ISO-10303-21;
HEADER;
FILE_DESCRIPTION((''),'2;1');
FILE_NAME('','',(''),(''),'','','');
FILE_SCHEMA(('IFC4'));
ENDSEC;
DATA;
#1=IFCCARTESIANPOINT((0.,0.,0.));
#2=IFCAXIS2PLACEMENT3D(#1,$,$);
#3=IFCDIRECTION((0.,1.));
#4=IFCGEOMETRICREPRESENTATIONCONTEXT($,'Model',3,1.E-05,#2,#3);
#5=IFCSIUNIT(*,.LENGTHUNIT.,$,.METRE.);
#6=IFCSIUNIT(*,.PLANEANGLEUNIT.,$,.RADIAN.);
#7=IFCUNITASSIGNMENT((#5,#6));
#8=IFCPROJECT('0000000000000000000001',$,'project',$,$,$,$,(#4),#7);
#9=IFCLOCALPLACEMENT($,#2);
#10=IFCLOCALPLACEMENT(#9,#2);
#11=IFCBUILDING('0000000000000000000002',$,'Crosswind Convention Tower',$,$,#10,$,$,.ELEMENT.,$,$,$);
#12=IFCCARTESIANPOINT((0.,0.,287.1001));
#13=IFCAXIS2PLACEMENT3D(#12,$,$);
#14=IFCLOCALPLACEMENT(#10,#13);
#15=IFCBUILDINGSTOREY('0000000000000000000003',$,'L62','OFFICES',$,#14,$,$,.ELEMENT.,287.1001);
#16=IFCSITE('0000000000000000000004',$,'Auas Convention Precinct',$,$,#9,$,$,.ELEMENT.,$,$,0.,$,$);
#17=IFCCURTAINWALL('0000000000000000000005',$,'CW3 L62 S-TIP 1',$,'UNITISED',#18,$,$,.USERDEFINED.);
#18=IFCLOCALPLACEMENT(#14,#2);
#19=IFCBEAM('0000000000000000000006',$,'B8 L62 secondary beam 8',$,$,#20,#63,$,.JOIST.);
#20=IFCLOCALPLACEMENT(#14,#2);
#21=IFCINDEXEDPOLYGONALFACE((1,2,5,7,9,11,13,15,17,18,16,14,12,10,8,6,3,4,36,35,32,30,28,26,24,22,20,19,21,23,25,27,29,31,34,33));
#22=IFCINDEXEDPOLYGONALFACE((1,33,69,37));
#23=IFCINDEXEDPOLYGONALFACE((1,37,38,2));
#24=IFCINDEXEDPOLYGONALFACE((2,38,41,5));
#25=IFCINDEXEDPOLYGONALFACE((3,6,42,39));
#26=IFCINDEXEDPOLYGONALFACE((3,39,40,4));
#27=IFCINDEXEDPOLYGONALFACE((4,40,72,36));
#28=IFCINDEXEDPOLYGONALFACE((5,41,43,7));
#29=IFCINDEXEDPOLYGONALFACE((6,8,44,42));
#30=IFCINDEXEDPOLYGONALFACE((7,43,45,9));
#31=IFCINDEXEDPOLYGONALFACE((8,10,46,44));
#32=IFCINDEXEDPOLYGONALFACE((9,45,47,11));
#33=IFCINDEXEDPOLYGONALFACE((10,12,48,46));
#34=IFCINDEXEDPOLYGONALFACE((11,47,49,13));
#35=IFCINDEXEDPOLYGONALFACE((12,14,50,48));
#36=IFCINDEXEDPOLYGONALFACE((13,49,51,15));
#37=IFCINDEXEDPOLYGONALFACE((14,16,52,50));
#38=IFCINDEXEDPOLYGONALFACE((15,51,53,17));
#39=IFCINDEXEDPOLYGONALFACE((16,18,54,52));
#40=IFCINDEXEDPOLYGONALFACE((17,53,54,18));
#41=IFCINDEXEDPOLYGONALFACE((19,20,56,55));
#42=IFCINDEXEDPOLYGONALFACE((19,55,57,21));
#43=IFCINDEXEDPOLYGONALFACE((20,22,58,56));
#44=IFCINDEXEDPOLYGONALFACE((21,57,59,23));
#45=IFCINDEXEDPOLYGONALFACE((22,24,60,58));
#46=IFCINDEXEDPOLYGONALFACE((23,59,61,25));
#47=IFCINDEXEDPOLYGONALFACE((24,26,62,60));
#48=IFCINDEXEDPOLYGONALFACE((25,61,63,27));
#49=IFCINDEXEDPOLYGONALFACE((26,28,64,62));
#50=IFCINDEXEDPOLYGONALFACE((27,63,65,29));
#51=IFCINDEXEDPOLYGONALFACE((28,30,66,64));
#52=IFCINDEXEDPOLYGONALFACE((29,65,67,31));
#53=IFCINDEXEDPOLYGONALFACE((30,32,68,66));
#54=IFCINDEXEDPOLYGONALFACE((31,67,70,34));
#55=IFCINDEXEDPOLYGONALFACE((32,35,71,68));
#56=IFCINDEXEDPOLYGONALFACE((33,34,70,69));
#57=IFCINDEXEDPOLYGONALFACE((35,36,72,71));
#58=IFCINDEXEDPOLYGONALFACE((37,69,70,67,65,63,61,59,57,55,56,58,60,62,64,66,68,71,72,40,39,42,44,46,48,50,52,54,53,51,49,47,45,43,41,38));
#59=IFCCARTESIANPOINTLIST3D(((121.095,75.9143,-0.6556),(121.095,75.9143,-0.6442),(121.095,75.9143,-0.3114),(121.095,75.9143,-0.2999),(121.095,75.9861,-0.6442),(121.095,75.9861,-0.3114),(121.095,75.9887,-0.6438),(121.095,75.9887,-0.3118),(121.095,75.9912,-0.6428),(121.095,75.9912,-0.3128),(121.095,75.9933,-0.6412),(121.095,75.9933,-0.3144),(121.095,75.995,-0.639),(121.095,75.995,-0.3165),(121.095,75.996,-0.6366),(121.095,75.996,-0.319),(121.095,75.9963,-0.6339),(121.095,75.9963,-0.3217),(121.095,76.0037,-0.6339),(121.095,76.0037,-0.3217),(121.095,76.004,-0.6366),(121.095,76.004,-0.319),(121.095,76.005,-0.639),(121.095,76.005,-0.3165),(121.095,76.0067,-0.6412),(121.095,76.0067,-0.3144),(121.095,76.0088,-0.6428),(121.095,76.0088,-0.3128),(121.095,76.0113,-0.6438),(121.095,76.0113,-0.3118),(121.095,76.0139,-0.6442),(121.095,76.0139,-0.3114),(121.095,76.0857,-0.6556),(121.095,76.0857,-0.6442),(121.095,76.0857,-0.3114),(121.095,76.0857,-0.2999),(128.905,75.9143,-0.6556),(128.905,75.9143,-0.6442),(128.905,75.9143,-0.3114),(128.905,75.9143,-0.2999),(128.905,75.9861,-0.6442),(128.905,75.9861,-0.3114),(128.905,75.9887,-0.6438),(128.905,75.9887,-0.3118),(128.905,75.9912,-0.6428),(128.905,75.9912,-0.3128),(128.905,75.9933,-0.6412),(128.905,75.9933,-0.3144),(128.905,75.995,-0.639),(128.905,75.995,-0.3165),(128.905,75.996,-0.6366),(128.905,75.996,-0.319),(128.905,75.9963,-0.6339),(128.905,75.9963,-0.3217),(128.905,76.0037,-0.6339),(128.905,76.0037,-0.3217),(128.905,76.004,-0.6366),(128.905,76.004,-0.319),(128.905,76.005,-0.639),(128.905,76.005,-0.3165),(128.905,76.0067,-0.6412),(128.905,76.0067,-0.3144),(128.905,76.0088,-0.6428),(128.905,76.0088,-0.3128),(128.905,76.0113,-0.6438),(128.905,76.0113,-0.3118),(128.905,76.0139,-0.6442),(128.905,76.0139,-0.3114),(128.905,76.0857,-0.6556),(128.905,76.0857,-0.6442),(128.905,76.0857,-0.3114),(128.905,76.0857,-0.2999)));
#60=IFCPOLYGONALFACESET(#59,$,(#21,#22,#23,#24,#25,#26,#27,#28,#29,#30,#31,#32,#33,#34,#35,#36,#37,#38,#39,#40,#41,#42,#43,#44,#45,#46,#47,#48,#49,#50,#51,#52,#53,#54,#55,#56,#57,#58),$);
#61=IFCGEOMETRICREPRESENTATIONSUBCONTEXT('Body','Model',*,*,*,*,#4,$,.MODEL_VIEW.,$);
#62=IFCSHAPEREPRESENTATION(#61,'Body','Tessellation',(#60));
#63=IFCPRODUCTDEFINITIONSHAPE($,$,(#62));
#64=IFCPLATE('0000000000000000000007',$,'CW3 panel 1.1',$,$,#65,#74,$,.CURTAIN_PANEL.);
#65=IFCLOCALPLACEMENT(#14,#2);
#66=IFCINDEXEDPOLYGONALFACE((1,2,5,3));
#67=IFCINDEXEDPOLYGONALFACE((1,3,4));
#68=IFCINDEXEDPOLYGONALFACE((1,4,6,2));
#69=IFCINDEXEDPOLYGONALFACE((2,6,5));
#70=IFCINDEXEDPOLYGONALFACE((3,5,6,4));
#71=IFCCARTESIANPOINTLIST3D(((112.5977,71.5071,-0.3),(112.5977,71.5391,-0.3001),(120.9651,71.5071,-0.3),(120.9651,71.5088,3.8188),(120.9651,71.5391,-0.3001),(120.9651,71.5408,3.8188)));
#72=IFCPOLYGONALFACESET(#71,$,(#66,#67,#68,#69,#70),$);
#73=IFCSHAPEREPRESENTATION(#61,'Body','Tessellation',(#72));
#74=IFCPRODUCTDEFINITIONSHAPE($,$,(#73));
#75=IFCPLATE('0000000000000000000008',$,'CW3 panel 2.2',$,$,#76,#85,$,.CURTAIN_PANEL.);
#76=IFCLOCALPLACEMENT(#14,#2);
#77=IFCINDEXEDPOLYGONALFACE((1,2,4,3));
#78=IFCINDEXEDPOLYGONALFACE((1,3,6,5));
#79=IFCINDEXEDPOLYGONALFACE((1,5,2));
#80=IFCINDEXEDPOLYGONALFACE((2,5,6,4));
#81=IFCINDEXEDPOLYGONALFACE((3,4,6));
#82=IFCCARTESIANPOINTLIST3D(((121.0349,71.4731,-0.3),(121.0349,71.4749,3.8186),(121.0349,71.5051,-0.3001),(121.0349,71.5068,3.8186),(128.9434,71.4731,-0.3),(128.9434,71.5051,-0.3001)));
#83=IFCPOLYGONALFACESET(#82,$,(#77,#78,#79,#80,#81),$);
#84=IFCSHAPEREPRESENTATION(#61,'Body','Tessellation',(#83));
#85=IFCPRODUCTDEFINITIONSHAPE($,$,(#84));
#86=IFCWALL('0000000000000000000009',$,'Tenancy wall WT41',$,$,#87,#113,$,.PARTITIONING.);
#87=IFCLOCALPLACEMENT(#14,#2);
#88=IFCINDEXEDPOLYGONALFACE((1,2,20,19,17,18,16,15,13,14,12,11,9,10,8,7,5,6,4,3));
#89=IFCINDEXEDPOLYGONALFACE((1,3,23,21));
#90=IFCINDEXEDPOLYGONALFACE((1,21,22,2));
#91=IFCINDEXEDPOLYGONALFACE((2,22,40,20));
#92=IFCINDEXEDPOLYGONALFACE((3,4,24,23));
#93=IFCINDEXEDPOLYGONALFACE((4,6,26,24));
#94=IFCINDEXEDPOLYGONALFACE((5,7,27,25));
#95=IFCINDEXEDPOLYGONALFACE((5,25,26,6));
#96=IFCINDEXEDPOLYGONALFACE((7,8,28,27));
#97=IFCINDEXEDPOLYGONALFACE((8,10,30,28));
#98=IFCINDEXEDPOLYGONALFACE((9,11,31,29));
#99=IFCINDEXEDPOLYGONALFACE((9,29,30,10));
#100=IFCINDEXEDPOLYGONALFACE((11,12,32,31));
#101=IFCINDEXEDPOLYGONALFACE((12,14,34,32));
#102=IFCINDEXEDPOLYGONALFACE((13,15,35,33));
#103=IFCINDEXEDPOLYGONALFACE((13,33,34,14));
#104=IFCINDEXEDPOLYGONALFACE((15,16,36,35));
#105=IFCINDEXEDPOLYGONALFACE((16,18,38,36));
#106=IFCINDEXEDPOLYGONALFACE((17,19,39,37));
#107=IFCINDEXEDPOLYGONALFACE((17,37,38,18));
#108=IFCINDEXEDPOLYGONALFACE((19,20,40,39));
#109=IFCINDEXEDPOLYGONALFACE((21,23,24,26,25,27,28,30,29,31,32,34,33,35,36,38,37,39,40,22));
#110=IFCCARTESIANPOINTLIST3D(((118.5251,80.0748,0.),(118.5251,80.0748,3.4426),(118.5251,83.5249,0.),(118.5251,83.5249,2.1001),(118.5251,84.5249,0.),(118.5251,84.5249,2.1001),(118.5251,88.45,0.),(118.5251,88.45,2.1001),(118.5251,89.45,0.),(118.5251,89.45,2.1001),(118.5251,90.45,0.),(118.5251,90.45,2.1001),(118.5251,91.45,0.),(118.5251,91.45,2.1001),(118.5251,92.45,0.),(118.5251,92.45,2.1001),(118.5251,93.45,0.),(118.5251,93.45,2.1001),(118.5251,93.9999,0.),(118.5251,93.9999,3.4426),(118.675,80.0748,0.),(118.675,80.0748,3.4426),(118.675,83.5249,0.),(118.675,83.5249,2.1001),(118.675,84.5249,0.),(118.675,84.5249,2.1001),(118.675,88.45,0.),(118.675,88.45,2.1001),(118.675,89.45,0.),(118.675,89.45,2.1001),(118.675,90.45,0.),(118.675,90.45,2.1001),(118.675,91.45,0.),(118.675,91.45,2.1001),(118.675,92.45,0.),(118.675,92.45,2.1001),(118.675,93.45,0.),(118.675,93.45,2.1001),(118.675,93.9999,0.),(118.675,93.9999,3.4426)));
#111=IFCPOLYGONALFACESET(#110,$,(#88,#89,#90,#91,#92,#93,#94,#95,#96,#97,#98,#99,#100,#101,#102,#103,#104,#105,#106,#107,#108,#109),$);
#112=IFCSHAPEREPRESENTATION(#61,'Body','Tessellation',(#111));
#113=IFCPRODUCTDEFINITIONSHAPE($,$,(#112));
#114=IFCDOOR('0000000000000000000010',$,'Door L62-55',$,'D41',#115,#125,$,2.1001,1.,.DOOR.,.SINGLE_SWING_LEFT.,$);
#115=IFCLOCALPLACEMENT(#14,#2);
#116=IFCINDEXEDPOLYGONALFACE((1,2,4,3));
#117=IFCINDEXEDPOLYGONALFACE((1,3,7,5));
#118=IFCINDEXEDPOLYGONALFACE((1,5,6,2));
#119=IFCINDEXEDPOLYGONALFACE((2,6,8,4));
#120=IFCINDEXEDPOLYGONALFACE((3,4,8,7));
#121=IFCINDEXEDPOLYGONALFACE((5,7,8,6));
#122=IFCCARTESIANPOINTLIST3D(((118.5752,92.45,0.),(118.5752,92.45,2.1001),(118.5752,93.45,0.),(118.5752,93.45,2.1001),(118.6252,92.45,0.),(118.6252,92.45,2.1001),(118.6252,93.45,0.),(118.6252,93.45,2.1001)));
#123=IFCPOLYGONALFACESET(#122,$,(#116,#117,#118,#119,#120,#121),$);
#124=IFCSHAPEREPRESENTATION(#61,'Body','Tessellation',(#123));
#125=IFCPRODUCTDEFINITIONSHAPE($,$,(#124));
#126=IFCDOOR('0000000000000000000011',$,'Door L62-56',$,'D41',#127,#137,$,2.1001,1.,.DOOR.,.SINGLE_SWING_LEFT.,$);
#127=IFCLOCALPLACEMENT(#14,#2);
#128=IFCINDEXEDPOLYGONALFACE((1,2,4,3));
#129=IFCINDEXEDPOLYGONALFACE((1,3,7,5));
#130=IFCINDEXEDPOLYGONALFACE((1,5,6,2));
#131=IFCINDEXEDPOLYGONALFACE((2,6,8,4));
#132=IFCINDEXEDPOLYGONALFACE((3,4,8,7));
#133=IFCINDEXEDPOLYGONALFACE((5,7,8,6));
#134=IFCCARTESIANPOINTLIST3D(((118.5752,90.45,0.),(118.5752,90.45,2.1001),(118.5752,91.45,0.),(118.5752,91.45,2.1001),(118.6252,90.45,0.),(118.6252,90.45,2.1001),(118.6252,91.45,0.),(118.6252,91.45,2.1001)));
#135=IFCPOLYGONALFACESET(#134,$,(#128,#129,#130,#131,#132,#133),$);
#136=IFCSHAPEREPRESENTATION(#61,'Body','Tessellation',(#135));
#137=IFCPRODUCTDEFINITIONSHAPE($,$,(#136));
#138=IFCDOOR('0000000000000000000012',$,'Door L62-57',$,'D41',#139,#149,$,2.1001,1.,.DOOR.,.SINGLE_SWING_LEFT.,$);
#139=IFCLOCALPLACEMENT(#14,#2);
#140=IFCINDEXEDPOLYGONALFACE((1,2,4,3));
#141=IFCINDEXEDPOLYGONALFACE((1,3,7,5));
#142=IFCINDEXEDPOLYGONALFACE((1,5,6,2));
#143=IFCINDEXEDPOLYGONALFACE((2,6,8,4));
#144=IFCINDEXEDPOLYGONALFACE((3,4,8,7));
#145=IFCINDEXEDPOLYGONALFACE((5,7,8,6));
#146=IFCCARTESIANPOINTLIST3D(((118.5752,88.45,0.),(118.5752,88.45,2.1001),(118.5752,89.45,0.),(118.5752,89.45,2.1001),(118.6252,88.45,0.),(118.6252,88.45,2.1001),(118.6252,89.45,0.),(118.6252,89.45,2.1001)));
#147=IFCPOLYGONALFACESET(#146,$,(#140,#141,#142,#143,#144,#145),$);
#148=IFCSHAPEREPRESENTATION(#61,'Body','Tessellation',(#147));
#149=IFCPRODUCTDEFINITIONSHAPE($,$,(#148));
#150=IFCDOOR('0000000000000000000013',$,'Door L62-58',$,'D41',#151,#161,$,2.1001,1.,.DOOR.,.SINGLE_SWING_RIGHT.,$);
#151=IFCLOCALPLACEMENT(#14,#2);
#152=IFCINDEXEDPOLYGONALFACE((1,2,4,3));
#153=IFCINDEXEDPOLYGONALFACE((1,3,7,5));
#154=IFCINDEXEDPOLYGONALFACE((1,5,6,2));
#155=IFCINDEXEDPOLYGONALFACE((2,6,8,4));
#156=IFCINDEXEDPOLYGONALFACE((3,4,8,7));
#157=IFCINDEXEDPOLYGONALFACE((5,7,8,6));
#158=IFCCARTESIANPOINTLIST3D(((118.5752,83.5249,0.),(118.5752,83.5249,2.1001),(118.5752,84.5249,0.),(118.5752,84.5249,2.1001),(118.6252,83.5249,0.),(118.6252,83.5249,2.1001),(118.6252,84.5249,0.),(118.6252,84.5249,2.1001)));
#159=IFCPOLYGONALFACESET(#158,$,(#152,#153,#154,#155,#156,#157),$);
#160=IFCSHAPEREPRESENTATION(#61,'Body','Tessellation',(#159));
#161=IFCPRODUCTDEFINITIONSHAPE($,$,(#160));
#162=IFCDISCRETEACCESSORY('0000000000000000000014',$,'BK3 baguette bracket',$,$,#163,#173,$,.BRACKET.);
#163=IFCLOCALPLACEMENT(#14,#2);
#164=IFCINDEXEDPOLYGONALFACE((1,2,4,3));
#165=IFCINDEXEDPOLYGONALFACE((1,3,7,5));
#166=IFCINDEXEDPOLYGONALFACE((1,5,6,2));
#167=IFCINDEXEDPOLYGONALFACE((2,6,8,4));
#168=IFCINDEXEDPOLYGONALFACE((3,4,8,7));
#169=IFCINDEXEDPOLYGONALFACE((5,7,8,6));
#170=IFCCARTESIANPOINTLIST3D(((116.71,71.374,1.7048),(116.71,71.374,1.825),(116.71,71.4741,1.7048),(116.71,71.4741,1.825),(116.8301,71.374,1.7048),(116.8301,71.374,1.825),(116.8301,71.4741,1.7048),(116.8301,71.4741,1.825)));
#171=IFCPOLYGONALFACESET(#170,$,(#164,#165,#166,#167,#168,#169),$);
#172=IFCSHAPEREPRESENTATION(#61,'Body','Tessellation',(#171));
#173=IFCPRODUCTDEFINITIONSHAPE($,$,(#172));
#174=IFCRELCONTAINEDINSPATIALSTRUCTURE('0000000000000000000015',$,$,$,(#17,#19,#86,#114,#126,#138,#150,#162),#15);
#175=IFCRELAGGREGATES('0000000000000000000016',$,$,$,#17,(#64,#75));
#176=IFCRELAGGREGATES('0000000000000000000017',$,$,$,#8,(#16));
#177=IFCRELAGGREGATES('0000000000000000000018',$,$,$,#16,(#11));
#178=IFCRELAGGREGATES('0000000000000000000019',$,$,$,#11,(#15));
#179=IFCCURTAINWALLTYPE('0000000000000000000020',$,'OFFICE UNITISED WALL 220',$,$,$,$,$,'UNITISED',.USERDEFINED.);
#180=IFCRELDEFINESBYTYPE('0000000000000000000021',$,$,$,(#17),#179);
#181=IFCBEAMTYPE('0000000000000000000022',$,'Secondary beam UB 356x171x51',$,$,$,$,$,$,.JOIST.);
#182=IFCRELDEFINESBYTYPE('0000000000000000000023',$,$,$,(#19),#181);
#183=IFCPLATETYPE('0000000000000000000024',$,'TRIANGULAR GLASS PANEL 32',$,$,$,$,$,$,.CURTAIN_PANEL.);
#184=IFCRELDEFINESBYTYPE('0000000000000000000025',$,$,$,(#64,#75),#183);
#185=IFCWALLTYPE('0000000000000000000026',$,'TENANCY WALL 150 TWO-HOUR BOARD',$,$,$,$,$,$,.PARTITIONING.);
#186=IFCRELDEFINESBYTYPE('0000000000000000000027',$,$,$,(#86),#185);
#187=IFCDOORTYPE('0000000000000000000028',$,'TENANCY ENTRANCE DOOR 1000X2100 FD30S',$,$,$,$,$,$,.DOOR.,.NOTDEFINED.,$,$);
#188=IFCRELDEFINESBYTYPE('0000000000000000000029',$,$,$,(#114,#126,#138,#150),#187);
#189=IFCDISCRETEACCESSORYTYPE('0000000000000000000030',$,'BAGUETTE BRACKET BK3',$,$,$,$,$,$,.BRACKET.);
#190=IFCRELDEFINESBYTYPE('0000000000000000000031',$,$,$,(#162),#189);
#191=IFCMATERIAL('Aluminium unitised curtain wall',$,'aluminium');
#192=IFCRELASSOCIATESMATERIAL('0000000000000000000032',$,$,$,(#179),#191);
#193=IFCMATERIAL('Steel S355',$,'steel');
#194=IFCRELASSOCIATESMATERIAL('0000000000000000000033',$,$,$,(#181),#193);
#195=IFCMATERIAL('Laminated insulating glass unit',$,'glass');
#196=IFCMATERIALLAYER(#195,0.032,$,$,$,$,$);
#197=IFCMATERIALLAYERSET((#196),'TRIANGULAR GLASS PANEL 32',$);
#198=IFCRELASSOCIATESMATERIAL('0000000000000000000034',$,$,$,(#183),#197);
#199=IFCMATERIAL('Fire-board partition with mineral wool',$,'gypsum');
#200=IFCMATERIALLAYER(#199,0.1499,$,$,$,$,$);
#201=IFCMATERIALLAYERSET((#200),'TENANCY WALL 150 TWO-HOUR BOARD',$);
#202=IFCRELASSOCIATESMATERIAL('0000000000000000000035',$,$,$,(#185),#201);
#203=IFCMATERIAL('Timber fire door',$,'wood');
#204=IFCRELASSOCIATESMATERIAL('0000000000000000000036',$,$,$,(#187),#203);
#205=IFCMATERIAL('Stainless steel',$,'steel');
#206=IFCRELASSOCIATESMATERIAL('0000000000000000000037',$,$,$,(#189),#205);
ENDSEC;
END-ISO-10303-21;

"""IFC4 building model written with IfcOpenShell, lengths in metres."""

from ifc_helpers import new_model, si_unit, direction, frame, frame_2d, origin, origin_2d, place, context, subcontext, project, spatial, polyline, rectangle, i_section, outline, extrude, material, layer, layer_set, material_profile, profile_set, type_object, element, fill, aggregate, save


model = new_model("IFC4")

# Units and contexts
model_context = context("Model", 3, precision=1e-05, world=origin(), true_north=direction((0.0, 1.0)))
body_context = subcontext(model_context, "Body", "Model", "MODEL_VIEW")
ifc_project = project(units=[si_unit("LENGTHUNIT", "METRE"), si_unit("PLANEANGLEUNIT", "RADIAN")], contexts=[model_context])

# Site, building, storey
site_placement = place(None, origin())
site = spatial("IfcSite", under=ifc_project, at=site_placement, Name="Auas Convention Precinct", CompositionType="ELEMENT", RefElevation=0.0)
building_placement = place(site_placement, origin())
building = spatial("IfcBuilding", under=site, at=building_placement, Name="Crosswind Convention Tower", CompositionType="ELEMENT")
storey_placement = place(building_placement, frame((0.0, 0.0, 287.1001)))
storey = spatial("IfcBuildingStorey", under=building, at=storey_placement, Name="L62", Description="OFFICES", CompositionType="ELEMENT", Elevation=287.1001)

# Shared definitions
ifc_material_1 = material(Name="Steel S355", Category="steel")

# Curtain wall
ifc_material_2 = material(Name="Aluminium unitised curtain wall", Category="aluminium")
curtain_wall_type = type_object("IfcCurtainWallType", Name="OFFICE UNITISED WALL 220", ElementType="UNITISED", PredefinedType="USERDEFINED", material=ifc_material_2)
curtain_wall_placement = place(storey_placement, origin())
curtain_wall = element("IfcCurtainWall", 1, at=curtain_wall_placement, inside=storey, type_object=curtain_wall_type, Name="CW3 L62 S-TIP 1", ObjectType="UNITISED", PredefinedType="USERDEFINED")

# Beam
ifc_material_profile_1 = material_profile(ifc_material_1, i_section(OverallWidth=0.1714, OverallDepth=0.3557, WebThickness=0.0073, FlangeThickness=0.0115, FilletRadius=0.0103, at=origin_2d()), Name="UB 356x171x51")
ifc_profile_set_1 = profile_set([ifc_material_profile_1], Name="Steel S355")
beam_type_1 = type_object("IfcBeamType", Name="Secondary beam UB 356x171x51", PredefinedType="JOIST", material=ifc_profile_set_1)
beam_1_placement = place(storey_placement, frame((121.095, 76.0, -0.4778), z_axis=(1.0, 0.0, 0.0), x_axis=(0.0, 1.0, 0.0)))
element("IfcBeam", 2, at=beam_1_placement, inside=storey, type_object=beam_type_1, Name="B8 L62 secondary beam 8", PredefinedType="JOIST", context=body_context, shape_type="SweptSolid", body=[
    extrude(i_section(OverallWidth=0.1714, OverallDepth=0.3557, WebThickness=0.0073, FlangeThickness=0.0115, FilletRadius=0.0103, at=origin_2d()), origin(), (0.0, 0.0, 1.0), 7.8101),
])

# Plates
ifc_material_3 = material(Name="Laminated insulating glass unit", Category="glass")
ifc_layer_1 = layer(ifc_material_3, 0.032)
ifc_layer_set_1 = layer_set([ifc_layer_1], Name="TRIANGULAR GLASS PANEL 32")
plate_type = type_object("IfcPlateType", Name="TRIANGULAR GLASS PANEL 32", PredefinedType="CURTAIN_PANEL", material=ifc_layer_set_1)
plate_1_placement = place(storey_placement, frame((120.9651, 71.5071, -0.3), z_axis=(0.0, -1.0, 0.000415), x_axis=(0.0, 0.000415, 1.0)))
plate_1 = element("IfcPlate", 3, at=plate_1_placement, type_object=plate_type, Name="CW3 panel 1.1", PredefinedType="CURTAIN_PANEL", context=body_context, shape_type="SweptSolid", body=[
    extrude(outline(polyline([(0.0, 0.0), (4.1189, 0.0), (0.0, 8.3674), (0.0, 0.0)])), origin(), (0.0, 0.0, -1.0), 0.032),
])
plate_2_placement = place(storey_placement, frame((121.0349, 71.4731, -0.3), z_axis=(0.0, -1.0, 0.000415), x_axis=(1.0, 0.0, 0.0)))
plate_2 = element("IfcPlate", 4, at=plate_2_placement, type_object=plate_type, Name="CW3 panel 2.2", PredefinedType="CURTAIN_PANEL", context=body_context, shape_type="SweptSolid", body=[
    extrude(outline(polyline([(0.0, 0.0), (7.9084, 0.0), (0.0, 4.1187), (0.0, 0.0)])), origin(), (0.0, 0.0, -1.0), 0.032),
])
aggregate(curtain_wall, [plate_1, plate_2])

# Wall, openings, doors
ifc_material_4 = material(Name="Fire-board partition with mineral wool", Category="gypsum")
ifc_layer_2 = layer(ifc_material_4, 0.1499)
ifc_layer_set_2 = layer_set([ifc_layer_2], Name="TENANCY WALL 150 TWO-HOUR BOARD")
wall_type = type_object("IfcWallType", Name="TENANCY WALL 150 TWO-HOUR BOARD", PredefinedType="PARTITIONING", material=ifc_layer_set_2)
wall_placement = place(storey_placement, frame((118.6001, 80.075, 0.0), z_axis=(0.0, 0.0, 1.0), x_axis=(0.0, 1.0, 0.0)))
wall = element("IfcWall", 5, at=wall_placement, inside=storey, type_object=wall_type, Name="Tenancy wall WT41", PredefinedType="PARTITIONING", context=body_context, shape_type="SweptSolid", body=[
    extrude(rectangle(XDim=13.925, YDim=0.1499, at=frame_2d((6.9624, 0.0))), origin(), (0.0, 0.0, 1.0), 3.4426),
])
opening_1_placement = place(wall_placement, frame((12.375, 0.0, 0.0)))
opening_1 = element("IfcOpeningElement", 6, at=opening_1_placement, cuts=wall, PredefinedType="OPENING", context=body_context, shape_type="SweptSolid", body=[
    extrude(rectangle(XDim=1.0, YDim=2.1001, at=frame_2d((0.5, 1.05))), frame((0.0, 0.085, 0.0), z_axis=(0.0, -1.0, 0.0), x_axis=(1.0, 0.0, 0.0)), (0.0, 0.0, 1.0), 0.1699),
])
opening_2_placement = place(wall_placement, frame((10.375, 0.0, 0.0)))
opening_2 = element("IfcOpeningElement", 7, at=opening_2_placement, cuts=wall, PredefinedType="OPENING", context=body_context, shape_type="SweptSolid", body=[
    extrude(rectangle(XDim=1.0, YDim=2.1001, at=frame_2d((0.5, 1.05))), frame((0.0, 0.085, 0.0), z_axis=(0.0, -1.0, 0.0), x_axis=(1.0, 0.0, 0.0)), (0.0, 0.0, 1.0), 0.1699),
])
opening_3_placement = place(wall_placement, frame((8.375, 0.0, 0.0)))
opening_3 = element("IfcOpeningElement", 8, at=opening_3_placement, cuts=wall, PredefinedType="OPENING", context=body_context, shape_type="SweptSolid", body=[
    extrude(rectangle(XDim=1.0, YDim=2.1001, at=frame_2d((0.5, 1.05))), frame((0.0, 0.085, 0.0), z_axis=(0.0, -1.0, 0.0), x_axis=(1.0, 0.0, 0.0)), (0.0, 0.0, 1.0), 0.1699),
])
opening_4_placement = place(wall_placement, frame((3.45, 0.0, 0.0)))
opening_4 = element("IfcOpeningElement", 9, at=opening_4_placement, cuts=wall, PredefinedType="OPENING", context=body_context, shape_type="SweptSolid", body=[
    extrude(rectangle(XDim=1.0, YDim=2.1001, at=frame_2d((0.5, 1.05))), frame((0.0, 0.085, 0.0), z_axis=(0.0, -1.0, 0.0), x_axis=(1.0, 0.0, 0.0)), (0.0, 0.0, 1.0), 0.1699),
])
ifc_material_5 = material(Name="Timber fire door", Category="wood")
door_type = type_object("IfcDoorType", Name="TENANCY ENTRANCE DOOR 1000X2100 FD30S", OperationType="NOTDEFINED", PredefinedType="DOOR", material=ifc_material_5)
door_1_placement = place(opening_1_placement, origin())
door_1 = element("IfcDoor", 10, at=door_1_placement, inside=storey, type_object=door_type, Name="Door L62-55", ObjectType="D41", OperationType="SINGLE_SWING_LEFT", OverallHeight=2.1001, OverallWidth=1.0, PredefinedType="DOOR", context=body_context, shape_type="SweptSolid", body=[
    extrude(rectangle(XDim=1.0, YDim=2.1001, at=frame_2d((0.5, 1.05))), frame((0.0, 0.0249, 0.0), z_axis=(0.0, -1.0, 0.0), x_axis=(1.0, 0.0, 0.0)), (0.0, 0.0, 1.0), 0.05),
])
fill(opening_1, door_1)
door_2_placement = place(opening_2_placement, origin())
door_2 = element("IfcDoor", 11, at=door_2_placement, inside=storey, type_object=door_type, Name="Door L62-56", ObjectType="D41", OperationType="SINGLE_SWING_LEFT", OverallHeight=2.1001, OverallWidth=1.0, PredefinedType="DOOR", context=body_context, shape_type="SweptSolid", body=[
    extrude(rectangle(XDim=1.0, YDim=2.1001, at=frame_2d((0.5, 1.05))), frame((0.0, 0.0249, 0.0), z_axis=(0.0, -1.0, 0.0), x_axis=(1.0, 0.0, 0.0)), (0.0, 0.0, 1.0), 0.05),
])
fill(opening_2, door_2)
door_3_placement = place(opening_3_placement, origin())
door_3 = element("IfcDoor", 12, at=door_3_placement, inside=storey, type_object=door_type, Name="Door L62-57", ObjectType="D41", OperationType="SINGLE_SWING_LEFT", OverallHeight=2.1001, OverallWidth=1.0, PredefinedType="DOOR", context=body_context, shape_type="SweptSolid", body=[
    extrude(rectangle(XDim=1.0, YDim=2.1001, at=frame_2d((0.5, 1.05))), frame((0.0, 0.0249, 0.0), z_axis=(0.0, -1.0, 0.0), x_axis=(1.0, 0.0, 0.0)), (0.0, 0.0, 1.0), 0.05),
])
fill(opening_3, door_3)
door_4_placement = place(opening_4_placement, origin())
door_4 = element("IfcDoor", 13, at=door_4_placement, inside=storey, type_object=door_type, Name="Door L62-58", ObjectType="D41", OperationType="SINGLE_SWING_RIGHT", OverallHeight=2.1001, OverallWidth=1.0, PredefinedType="DOOR", context=body_context, shape_type="SweptSolid", body=[
    extrude(rectangle(XDim=1.0, YDim=2.1001, at=frame_2d((0.5, 1.05))), frame((0.0, 0.0249, 0.0), z_axis=(0.0, -1.0, 0.0), x_axis=(1.0, 0.0, 0.0)), (0.0, 0.0, 1.0), 0.05),
])
fill(opening_4, door_4)

# Discrete accessory
ifc_material_6 = material(Name="Stainless steel", Category="steel")
discrete_accessory_type = type_object("IfcDiscreteAccessoryType", Name="BAGUETTE BRACKET BK3", PredefinedType="BRACKET", material=ifc_material_6)
discrete_accessory_placement = place(storey_placement, frame((116.77, 71.4241, 1.7048), z_axis=(0.0, 0.0, 1.0), x_axis=(1.0, 0.0, 0.0)))
element("IfcDiscreteAccessory", 14, at=discrete_accessory_placement, inside=storey, type_object=discrete_accessory_type, Name="BK3 baguette bracket", PredefinedType="BRACKET", context=body_context, shape_type="SweptSolid", body=[
    extrude(rectangle(XDim=0.1201, YDim=0.1001, at=origin_2d()), origin(), (0.0, 0.0, 1.0), 0.1201),
])

save(model, "model.ifc")
